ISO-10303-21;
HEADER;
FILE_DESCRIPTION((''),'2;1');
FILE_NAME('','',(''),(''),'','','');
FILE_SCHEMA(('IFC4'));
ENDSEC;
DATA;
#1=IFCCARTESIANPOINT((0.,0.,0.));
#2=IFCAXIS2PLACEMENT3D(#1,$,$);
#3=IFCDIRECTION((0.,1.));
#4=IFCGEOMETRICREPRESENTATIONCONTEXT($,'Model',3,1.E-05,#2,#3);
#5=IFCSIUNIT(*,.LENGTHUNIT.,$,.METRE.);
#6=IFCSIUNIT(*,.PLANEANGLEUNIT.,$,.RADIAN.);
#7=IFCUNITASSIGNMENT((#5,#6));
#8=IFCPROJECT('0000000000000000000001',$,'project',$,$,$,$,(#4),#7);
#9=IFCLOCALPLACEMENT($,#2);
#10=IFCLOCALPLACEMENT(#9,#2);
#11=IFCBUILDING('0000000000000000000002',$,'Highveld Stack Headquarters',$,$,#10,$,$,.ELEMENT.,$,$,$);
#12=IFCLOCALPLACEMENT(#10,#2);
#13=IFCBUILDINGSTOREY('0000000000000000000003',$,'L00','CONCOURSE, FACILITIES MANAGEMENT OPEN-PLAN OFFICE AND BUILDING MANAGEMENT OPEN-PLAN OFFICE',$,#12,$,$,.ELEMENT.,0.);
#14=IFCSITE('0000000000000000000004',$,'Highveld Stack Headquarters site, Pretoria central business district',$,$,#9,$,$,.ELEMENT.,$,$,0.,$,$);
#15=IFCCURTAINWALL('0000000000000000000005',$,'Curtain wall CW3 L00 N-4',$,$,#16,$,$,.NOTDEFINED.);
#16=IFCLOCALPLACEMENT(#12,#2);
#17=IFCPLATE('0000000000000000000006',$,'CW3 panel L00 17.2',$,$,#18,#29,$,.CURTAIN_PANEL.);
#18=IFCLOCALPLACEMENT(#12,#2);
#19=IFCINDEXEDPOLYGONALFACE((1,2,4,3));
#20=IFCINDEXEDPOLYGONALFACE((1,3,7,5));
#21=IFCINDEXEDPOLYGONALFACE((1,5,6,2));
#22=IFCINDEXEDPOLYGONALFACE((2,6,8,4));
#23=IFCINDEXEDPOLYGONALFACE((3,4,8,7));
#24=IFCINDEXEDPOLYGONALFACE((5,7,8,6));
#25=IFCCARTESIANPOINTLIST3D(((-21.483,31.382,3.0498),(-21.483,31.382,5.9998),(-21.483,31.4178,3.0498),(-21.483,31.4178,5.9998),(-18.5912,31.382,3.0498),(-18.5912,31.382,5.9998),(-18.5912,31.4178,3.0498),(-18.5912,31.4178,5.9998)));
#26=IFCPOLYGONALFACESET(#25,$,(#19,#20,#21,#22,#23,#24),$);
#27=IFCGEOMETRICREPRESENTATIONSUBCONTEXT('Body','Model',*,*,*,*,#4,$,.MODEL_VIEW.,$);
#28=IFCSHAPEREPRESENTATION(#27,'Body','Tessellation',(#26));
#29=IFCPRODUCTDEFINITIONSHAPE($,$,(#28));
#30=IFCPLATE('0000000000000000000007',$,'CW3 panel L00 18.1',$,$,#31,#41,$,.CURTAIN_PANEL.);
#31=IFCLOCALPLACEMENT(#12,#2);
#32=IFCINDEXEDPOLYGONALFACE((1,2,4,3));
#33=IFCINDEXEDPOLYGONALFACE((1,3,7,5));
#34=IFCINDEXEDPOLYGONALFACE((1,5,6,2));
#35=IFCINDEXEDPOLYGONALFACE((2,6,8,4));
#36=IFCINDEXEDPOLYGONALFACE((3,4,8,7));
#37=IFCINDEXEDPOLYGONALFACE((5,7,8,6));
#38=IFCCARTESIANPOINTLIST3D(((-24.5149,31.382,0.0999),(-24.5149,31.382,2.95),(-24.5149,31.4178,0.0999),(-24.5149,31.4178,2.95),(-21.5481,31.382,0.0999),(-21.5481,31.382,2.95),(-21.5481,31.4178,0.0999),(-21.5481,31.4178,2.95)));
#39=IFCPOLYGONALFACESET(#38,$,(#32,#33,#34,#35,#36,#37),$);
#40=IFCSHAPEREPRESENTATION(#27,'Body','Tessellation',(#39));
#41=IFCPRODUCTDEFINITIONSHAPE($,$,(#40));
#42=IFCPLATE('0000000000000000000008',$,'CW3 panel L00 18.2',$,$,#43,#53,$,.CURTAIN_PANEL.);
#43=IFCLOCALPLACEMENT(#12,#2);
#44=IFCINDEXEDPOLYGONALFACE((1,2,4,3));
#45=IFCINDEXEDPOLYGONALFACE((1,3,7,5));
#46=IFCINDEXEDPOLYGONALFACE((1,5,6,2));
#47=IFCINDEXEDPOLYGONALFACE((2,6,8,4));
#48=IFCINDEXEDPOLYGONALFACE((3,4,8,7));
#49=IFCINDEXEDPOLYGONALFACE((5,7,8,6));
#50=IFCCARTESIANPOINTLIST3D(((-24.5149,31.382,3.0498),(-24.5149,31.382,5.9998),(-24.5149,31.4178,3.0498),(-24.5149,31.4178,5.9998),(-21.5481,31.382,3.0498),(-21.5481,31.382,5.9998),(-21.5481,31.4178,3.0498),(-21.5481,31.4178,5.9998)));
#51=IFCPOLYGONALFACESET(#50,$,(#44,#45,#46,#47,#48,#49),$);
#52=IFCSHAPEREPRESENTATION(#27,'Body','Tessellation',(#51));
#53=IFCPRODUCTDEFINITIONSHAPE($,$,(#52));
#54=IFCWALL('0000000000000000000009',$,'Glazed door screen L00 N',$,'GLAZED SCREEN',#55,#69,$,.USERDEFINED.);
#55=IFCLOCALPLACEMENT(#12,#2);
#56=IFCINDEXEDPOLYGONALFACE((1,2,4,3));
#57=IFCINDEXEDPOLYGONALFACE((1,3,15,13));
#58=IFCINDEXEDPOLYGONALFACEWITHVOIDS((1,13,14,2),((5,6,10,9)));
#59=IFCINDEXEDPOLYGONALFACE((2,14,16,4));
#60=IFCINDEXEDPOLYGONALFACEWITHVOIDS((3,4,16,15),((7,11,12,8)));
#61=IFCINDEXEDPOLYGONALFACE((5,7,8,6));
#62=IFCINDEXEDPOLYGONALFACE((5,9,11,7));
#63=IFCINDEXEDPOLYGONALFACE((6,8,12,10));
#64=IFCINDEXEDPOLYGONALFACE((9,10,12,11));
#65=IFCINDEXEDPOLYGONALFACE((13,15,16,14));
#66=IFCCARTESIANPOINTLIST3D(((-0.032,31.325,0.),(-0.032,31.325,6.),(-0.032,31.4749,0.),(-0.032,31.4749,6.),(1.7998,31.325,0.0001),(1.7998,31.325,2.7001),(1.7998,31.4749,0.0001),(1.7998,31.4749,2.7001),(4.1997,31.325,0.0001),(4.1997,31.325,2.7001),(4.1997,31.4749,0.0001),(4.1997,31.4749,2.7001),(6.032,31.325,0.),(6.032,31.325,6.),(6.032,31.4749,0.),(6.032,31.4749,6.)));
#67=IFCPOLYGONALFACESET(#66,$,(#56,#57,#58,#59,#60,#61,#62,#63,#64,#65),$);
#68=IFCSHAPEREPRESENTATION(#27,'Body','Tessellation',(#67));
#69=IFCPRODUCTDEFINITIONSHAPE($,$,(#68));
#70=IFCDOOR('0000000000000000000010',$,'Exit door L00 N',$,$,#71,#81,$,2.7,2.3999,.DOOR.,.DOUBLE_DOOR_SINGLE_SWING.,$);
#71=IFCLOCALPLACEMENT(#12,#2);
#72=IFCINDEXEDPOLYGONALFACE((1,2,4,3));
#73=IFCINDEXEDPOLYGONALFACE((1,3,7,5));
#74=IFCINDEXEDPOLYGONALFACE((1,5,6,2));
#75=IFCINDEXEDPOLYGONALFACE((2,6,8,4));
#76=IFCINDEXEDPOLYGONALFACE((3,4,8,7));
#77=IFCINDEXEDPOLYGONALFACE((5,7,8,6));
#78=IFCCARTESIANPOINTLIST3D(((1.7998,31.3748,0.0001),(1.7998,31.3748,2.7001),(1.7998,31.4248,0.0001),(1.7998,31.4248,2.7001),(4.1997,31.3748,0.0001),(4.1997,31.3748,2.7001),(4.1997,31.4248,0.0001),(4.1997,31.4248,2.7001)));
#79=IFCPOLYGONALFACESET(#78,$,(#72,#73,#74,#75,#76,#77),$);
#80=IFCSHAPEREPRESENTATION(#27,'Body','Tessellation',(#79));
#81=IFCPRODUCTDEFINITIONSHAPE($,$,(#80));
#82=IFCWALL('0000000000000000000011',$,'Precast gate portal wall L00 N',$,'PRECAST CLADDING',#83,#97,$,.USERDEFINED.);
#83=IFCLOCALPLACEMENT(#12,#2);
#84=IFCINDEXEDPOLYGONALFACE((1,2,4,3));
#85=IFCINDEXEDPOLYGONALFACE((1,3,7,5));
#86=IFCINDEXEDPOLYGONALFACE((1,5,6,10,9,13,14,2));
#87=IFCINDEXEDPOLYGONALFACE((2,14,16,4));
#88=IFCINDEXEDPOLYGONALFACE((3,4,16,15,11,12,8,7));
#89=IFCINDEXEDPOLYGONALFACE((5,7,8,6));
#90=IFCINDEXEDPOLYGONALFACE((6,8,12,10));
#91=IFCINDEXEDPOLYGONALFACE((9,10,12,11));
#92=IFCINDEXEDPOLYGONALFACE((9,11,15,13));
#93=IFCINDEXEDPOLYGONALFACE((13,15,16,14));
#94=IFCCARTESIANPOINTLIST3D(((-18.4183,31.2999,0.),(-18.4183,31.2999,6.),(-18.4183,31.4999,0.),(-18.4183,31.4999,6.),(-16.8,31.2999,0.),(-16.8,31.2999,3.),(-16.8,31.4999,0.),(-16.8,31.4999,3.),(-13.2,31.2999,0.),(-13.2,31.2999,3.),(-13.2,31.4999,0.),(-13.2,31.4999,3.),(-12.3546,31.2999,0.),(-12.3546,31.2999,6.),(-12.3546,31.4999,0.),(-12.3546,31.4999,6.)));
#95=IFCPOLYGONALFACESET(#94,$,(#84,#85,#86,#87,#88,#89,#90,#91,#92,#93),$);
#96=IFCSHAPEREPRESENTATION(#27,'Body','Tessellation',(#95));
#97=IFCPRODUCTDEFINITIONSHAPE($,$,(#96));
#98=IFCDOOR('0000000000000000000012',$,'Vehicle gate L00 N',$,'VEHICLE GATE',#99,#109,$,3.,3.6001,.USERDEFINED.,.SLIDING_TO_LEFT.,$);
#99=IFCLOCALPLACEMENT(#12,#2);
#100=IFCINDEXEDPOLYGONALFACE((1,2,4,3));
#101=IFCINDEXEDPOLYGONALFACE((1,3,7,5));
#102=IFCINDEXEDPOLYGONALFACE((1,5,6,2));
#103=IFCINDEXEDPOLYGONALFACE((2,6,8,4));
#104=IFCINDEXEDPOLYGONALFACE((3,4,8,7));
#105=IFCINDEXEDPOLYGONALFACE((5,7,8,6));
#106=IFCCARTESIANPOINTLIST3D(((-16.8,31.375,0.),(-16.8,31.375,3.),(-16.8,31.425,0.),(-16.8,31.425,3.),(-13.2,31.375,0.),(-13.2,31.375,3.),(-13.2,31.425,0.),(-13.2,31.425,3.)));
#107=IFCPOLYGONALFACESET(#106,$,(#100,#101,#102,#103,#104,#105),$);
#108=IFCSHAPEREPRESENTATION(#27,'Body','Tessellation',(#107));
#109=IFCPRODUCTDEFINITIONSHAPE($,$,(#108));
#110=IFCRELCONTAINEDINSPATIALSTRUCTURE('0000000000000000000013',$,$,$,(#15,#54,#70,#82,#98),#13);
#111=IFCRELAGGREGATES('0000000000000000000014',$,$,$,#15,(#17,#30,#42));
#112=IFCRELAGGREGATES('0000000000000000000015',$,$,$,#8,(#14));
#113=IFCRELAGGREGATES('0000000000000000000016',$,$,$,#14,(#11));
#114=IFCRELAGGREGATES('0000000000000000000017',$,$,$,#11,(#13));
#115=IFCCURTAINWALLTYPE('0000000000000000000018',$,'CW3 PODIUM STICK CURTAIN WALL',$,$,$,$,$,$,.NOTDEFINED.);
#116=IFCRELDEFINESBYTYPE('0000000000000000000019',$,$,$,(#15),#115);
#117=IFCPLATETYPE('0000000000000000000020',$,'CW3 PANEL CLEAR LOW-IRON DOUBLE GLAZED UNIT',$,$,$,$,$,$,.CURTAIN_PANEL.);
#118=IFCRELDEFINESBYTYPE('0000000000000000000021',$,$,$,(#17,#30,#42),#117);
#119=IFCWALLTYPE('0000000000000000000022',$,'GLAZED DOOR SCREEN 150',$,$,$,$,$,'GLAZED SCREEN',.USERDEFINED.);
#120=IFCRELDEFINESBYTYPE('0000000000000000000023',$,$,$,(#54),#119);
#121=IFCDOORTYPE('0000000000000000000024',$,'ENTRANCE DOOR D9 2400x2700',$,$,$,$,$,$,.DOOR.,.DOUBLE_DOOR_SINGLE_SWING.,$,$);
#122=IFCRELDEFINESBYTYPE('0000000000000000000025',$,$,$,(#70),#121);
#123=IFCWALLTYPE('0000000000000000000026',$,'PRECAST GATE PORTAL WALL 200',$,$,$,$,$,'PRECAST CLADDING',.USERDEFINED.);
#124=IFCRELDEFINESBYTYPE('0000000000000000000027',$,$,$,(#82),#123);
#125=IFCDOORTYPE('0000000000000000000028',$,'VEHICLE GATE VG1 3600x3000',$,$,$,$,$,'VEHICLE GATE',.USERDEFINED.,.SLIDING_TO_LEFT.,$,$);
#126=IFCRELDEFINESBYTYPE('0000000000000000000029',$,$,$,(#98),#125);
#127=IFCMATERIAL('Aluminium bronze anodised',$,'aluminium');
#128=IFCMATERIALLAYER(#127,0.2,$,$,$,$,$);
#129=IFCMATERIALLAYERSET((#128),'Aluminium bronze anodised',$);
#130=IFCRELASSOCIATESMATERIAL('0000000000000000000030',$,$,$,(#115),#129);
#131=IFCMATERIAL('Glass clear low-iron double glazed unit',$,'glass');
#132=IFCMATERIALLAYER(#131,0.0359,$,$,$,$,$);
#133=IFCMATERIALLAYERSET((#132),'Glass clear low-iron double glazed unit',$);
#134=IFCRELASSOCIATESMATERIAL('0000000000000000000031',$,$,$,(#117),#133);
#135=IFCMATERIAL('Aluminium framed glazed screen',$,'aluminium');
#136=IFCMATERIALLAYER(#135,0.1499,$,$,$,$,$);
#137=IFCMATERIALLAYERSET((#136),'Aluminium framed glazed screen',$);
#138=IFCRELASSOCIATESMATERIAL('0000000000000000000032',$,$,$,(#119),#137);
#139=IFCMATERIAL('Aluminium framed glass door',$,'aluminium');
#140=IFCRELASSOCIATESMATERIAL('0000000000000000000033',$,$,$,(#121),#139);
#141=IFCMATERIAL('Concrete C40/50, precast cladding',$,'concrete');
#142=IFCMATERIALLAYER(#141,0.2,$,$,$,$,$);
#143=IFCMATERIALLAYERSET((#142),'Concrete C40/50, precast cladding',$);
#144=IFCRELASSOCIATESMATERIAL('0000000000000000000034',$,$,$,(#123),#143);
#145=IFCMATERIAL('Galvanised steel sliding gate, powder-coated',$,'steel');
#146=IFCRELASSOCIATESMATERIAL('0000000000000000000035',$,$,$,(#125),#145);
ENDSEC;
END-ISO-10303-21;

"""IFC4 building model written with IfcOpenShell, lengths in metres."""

from ifc_helpers import new_model, si_unit, direction, frame, frame_2d, origin, origin_2d, place, context, subcontext, project, spatial, rectangle, extrude, material, layer, layer_set, type_object, element, fill, aggregate, save


model = new_model("IFC4")

# Units and contexts
model_context = context("Model", 3, precision=1e-05, world=origin(), true_north=direction((0.0, 1.0)))
body_context = subcontext(model_context, "Body", "Model", "MODEL_VIEW")
ifc_project = project(units=[si_unit("LENGTHUNIT", "METRE"), si_unit("PLANEANGLEUNIT", "RADIAN")], contexts=[model_context])

# Site, building, storey
site_placement = place(None, origin())
site = spatial("IfcSite", under=ifc_project, at=site_placement, Name="Highveld Stack Headquarters site, Pretoria central business district", CompositionType="ELEMENT", RefElevation=0.0)
building_placement = place(site_placement, origin())
building = spatial("IfcBuilding", under=site, at=building_placement, Name="Highveld Stack Headquarters", CompositionType="ELEMENT")
storey_placement = place(building_placement, origin())
storey = spatial("IfcBuildingStorey", under=building, at=storey_placement, Name="L00", Description="CONCOURSE, FACILITIES MANAGEMENT OPEN-PLAN OFFICE AND BUILDING MANAGEMENT OPEN-PLAN OFFICE", CompositionType="ELEMENT", Elevation=0.0)

# Curtain wall
ifc_material_1 = material(Name="Aluminium bronze anodised", Category="aluminium")
ifc_layer_1 = layer(ifc_material_1, 0.2)
ifc_layer_set_1 = layer_set([ifc_layer_1], Name="Aluminium bronze anodised")
curtain_wall_type = type_object("IfcCurtainWallType", Name="CW3 PODIUM STICK CURTAIN WALL", PredefinedType="NOTDEFINED", material=ifc_layer_set_1)
curtain_wall_1_placement = place(storey_placement, origin())
curtain_wall_1 = element("IfcCurtainWall", 1, at=curtain_wall_1_placement, inside=storey, type_object=curtain_wall_type, Name="Curtain wall CW3 L00 N-4", PredefinedType="NOTDEFINED")

# Plates
ifc_material_2 = material(Name="Glass clear low-iron double glazed unit", Category="glass")
ifc_layer_2 = layer(ifc_material_2, 0.0359)
ifc_layer_set_2 = layer_set([ifc_layer_2], Name="Glass clear low-iron double glazed unit")
plate_type = type_object("IfcPlateType", Name="CW3 PANEL CLEAR LOW-IRON DOUBLE GLAZED UNIT", PredefinedType="CURTAIN_PANEL", material=ifc_layer_set_2)
plate_1_placement = place(storey_placement, frame((-20.0371, 31.3999, 3.0498), z_axis=(0.0, 0.0, 1.0), x_axis=(-1.0, 0.0, 0.0)))
plate_1 = element("IfcPlate", 2, at=plate_1_placement, type_object=plate_type, Name="CW3 panel L00 17.2", PredefinedType="CURTAIN_PANEL", context=body_context, shape_type="SweptSolid", body=[
    extrude(rectangle(XDim=2.8918, YDim=0.0359, at=origin_2d()), origin(), (0.0, 0.0, 1.0), 2.95),
])
plate_2_placement = place(storey_placement, frame((-23.0315, 31.3999, 0.0999), z_axis=(0.0, 0.0, 1.0), x_axis=(-1.0, 0.0, 0.0)))
plate_2 = element("IfcPlate", 3, at=plate_2_placement, type_object=plate_type, Name="CW3 panel L00 18.1", PredefinedType="CURTAIN_PANEL", context=body_context, shape_type="SweptSolid", body=[
    extrude(rectangle(XDim=2.9668, YDim=0.0359, at=origin_2d()), origin(), (0.0, 0.0, 1.0), 2.8501),
])
plate_3_placement = place(storey_placement, frame((-23.0315, 31.3999, 3.0498), z_axis=(0.0, 0.0, 1.0), x_axis=(-1.0, 0.0, 0.0)))
plate_3 = element("IfcPlate", 4, at=plate_3_placement, type_object=plate_type, Name="CW3 panel L00 18.2", PredefinedType="CURTAIN_PANEL", context=body_context, shape_type="SweptSolid", body=[
    extrude(rectangle(XDim=2.9668, YDim=0.0359, at=origin_2d()), origin(), (0.0, 0.0, 1.0), 2.95),
])
aggregate(curtain_wall_1, [plate_1, plate_2, plate_3])

# Walls, openings, doors
ifc_material_3 = material(Name="Aluminium framed glazed screen", Category="aluminium")
ifc_layer_3 = layer(ifc_material_3, 0.1499)
ifc_layer_set_3 = layer_set([ifc_layer_3], Name="Aluminium framed glazed screen")
wall_type_1 = type_object("IfcWallType", Name="GLAZED DOOR SCREEN 150", ElementType="GLAZED SCREEN", PredefinedType="USERDEFINED", material=ifc_layer_set_3)
wall_1_placement = place(storey_placement, frame((-0.032, 31.3999, 0.0), z_axis=(0.0, 0.0, 1.0), x_axis=(1.0, 0.0, 0.0)))
wall_1 = element("IfcWall", 5, at=wall_1_placement, inside=storey, type_object=wall_type_1, Name="Glazed door screen L00 N", ObjectType="GLAZED SCREEN", PredefinedType="USERDEFINED", context=body_context, shape_type="SweptSolid", body=[
    extrude(rectangle(XDim=6.064, YDim=0.1499, at=frame_2d((3.032, 0.0))), origin(), (0.0, 0.0, 1.0), 6.0),
])
opening_1_placement = place(wall_1_placement, frame((1.8318, 0.0, 0.0)))
opening_1 = element("IfcOpeningElement", 6, at=opening_1_placement, cuts=wall_1, PredefinedType="OPENING", context=body_context, shape_type="SweptSolid", body=[
    extrude(rectangle(XDim=2.3999, YDim=2.7, at=frame_2d((1.2, 1.3501))), frame((0.0, 0.085, 0.0), z_axis=(0.0, -1.0, 0.0), x_axis=(1.0, 0.0, 0.0)), (0.0, 0.0, 1.0), 0.1699),
])
ifc_material_4 = material(Name="Aluminium framed glass door", Category="aluminium")
door_type_1 = type_object("IfcDoorType", Name="ENTRANCE DOOR D9 2400x2700", OperationType="DOUBLE_DOOR_SINGLE_SWING", PredefinedType="DOOR", material=ifc_material_4)
door_1_placement = place(opening_1_placement, origin())
door_1 = element("IfcDoor", 7, at=door_1_placement, inside=storey, type_object=door_type_1, Name="Exit door L00 N", OperationType="DOUBLE_DOOR_SINGLE_SWING", OverallHeight=2.7, OverallWidth=2.3999, PredefinedType="DOOR", context=body_context, shape_type="SweptSolid", body=[
    extrude(rectangle(XDim=2.3999, YDim=2.7, at=frame_2d((1.2, 1.3501))), frame((0.0, 0.0249, 0.0), z_axis=(0.0, -1.0, 0.0), x_axis=(1.0, 0.0, 0.0)), (0.0, 0.0, 1.0), 0.05),
])
fill(opening_1, door_1)
ifc_material_5 = material(Name="Concrete C40/50, precast cladding", Category="concrete")
ifc_layer_4 = layer(ifc_material_5, 0.2)
ifc_layer_set_4 = layer_set([ifc_layer_4], Name="Concrete C40/50, precast cladding")
wall_type_2 = type_object("IfcWallType", Name="PRECAST GATE PORTAL WALL 200", ElementType="PRECAST CLADDING", PredefinedType="USERDEFINED", material=ifc_layer_set_4)
wall_2_placement = place(storey_placement, frame((-12.3547, 31.3999, 0.0), z_axis=(0.0, 0.0, 1.0), x_axis=(-1.0, 0.0, 0.0)))
wall_2 = element("IfcWall", 8, at=wall_2_placement, inside=storey, type_object=wall_type_2, Name="Precast gate portal wall L00 N", ObjectType="PRECAST CLADDING", PredefinedType="USERDEFINED", context=body_context, shape_type="SweptSolid", body=[
    extrude(rectangle(XDim=6.0637, YDim=0.2, at=frame_2d((3.0317, 0.0))), origin(), (0.0, 0.0, 1.0), 6.0),
])
opening_2_placement = place(wall_2_placement, frame((0.8452, 0.0, 0.0)))
opening_2 = element("IfcOpeningElement", 9, at=opening_2_placement, cuts=wall_2, PredefinedType="OPENING", context=body_context, shape_type="SweptSolid", body=[
    extrude(rectangle(XDim=3.6001, YDim=3.0, at=frame_2d((1.8, 1.5))), frame((0.0, 0.1099, 0.0), z_axis=(0.0, -1.0, 0.0), x_axis=(1.0, 0.0, 0.0)), (0.0, 0.0, 1.0), 0.22),
])
ifc_material_6 = material(Name="Galvanised steel sliding gate, powder-coated", Category="steel")
door_type_2 = type_object("IfcDoorType", Name="VEHICLE GATE VG1 3600x3000", ElementType="VEHICLE GATE", OperationType="SLIDING_TO_LEFT", PredefinedType="USERDEFINED", material=ifc_material_6)
door_2_placement = place(opening_2_placement, origin())
door_2 = element("IfcDoor", 10, at=door_2_placement, inside=storey, type_object=door_type_2, Name="Vehicle gate L00 N", ObjectType="VEHICLE GATE", OperationType="SLIDING_TO_LEFT", OverallHeight=3.0, OverallWidth=3.6001, PredefinedType="USERDEFINED", context=body_context, shape_type="SweptSolid", body=[
    extrude(rectangle(XDim=3.6001, YDim=3.0, at=frame_2d((1.8, 1.5))), frame((0.0, 0.0249, 0.0), z_axis=(0.0, -1.0, 0.0), x_axis=(1.0, 0.0, 0.0)), (0.0, 0.0, 1.0), 0.05),
])
fill(opening_2, door_2)

save(model, "model.ifc")
